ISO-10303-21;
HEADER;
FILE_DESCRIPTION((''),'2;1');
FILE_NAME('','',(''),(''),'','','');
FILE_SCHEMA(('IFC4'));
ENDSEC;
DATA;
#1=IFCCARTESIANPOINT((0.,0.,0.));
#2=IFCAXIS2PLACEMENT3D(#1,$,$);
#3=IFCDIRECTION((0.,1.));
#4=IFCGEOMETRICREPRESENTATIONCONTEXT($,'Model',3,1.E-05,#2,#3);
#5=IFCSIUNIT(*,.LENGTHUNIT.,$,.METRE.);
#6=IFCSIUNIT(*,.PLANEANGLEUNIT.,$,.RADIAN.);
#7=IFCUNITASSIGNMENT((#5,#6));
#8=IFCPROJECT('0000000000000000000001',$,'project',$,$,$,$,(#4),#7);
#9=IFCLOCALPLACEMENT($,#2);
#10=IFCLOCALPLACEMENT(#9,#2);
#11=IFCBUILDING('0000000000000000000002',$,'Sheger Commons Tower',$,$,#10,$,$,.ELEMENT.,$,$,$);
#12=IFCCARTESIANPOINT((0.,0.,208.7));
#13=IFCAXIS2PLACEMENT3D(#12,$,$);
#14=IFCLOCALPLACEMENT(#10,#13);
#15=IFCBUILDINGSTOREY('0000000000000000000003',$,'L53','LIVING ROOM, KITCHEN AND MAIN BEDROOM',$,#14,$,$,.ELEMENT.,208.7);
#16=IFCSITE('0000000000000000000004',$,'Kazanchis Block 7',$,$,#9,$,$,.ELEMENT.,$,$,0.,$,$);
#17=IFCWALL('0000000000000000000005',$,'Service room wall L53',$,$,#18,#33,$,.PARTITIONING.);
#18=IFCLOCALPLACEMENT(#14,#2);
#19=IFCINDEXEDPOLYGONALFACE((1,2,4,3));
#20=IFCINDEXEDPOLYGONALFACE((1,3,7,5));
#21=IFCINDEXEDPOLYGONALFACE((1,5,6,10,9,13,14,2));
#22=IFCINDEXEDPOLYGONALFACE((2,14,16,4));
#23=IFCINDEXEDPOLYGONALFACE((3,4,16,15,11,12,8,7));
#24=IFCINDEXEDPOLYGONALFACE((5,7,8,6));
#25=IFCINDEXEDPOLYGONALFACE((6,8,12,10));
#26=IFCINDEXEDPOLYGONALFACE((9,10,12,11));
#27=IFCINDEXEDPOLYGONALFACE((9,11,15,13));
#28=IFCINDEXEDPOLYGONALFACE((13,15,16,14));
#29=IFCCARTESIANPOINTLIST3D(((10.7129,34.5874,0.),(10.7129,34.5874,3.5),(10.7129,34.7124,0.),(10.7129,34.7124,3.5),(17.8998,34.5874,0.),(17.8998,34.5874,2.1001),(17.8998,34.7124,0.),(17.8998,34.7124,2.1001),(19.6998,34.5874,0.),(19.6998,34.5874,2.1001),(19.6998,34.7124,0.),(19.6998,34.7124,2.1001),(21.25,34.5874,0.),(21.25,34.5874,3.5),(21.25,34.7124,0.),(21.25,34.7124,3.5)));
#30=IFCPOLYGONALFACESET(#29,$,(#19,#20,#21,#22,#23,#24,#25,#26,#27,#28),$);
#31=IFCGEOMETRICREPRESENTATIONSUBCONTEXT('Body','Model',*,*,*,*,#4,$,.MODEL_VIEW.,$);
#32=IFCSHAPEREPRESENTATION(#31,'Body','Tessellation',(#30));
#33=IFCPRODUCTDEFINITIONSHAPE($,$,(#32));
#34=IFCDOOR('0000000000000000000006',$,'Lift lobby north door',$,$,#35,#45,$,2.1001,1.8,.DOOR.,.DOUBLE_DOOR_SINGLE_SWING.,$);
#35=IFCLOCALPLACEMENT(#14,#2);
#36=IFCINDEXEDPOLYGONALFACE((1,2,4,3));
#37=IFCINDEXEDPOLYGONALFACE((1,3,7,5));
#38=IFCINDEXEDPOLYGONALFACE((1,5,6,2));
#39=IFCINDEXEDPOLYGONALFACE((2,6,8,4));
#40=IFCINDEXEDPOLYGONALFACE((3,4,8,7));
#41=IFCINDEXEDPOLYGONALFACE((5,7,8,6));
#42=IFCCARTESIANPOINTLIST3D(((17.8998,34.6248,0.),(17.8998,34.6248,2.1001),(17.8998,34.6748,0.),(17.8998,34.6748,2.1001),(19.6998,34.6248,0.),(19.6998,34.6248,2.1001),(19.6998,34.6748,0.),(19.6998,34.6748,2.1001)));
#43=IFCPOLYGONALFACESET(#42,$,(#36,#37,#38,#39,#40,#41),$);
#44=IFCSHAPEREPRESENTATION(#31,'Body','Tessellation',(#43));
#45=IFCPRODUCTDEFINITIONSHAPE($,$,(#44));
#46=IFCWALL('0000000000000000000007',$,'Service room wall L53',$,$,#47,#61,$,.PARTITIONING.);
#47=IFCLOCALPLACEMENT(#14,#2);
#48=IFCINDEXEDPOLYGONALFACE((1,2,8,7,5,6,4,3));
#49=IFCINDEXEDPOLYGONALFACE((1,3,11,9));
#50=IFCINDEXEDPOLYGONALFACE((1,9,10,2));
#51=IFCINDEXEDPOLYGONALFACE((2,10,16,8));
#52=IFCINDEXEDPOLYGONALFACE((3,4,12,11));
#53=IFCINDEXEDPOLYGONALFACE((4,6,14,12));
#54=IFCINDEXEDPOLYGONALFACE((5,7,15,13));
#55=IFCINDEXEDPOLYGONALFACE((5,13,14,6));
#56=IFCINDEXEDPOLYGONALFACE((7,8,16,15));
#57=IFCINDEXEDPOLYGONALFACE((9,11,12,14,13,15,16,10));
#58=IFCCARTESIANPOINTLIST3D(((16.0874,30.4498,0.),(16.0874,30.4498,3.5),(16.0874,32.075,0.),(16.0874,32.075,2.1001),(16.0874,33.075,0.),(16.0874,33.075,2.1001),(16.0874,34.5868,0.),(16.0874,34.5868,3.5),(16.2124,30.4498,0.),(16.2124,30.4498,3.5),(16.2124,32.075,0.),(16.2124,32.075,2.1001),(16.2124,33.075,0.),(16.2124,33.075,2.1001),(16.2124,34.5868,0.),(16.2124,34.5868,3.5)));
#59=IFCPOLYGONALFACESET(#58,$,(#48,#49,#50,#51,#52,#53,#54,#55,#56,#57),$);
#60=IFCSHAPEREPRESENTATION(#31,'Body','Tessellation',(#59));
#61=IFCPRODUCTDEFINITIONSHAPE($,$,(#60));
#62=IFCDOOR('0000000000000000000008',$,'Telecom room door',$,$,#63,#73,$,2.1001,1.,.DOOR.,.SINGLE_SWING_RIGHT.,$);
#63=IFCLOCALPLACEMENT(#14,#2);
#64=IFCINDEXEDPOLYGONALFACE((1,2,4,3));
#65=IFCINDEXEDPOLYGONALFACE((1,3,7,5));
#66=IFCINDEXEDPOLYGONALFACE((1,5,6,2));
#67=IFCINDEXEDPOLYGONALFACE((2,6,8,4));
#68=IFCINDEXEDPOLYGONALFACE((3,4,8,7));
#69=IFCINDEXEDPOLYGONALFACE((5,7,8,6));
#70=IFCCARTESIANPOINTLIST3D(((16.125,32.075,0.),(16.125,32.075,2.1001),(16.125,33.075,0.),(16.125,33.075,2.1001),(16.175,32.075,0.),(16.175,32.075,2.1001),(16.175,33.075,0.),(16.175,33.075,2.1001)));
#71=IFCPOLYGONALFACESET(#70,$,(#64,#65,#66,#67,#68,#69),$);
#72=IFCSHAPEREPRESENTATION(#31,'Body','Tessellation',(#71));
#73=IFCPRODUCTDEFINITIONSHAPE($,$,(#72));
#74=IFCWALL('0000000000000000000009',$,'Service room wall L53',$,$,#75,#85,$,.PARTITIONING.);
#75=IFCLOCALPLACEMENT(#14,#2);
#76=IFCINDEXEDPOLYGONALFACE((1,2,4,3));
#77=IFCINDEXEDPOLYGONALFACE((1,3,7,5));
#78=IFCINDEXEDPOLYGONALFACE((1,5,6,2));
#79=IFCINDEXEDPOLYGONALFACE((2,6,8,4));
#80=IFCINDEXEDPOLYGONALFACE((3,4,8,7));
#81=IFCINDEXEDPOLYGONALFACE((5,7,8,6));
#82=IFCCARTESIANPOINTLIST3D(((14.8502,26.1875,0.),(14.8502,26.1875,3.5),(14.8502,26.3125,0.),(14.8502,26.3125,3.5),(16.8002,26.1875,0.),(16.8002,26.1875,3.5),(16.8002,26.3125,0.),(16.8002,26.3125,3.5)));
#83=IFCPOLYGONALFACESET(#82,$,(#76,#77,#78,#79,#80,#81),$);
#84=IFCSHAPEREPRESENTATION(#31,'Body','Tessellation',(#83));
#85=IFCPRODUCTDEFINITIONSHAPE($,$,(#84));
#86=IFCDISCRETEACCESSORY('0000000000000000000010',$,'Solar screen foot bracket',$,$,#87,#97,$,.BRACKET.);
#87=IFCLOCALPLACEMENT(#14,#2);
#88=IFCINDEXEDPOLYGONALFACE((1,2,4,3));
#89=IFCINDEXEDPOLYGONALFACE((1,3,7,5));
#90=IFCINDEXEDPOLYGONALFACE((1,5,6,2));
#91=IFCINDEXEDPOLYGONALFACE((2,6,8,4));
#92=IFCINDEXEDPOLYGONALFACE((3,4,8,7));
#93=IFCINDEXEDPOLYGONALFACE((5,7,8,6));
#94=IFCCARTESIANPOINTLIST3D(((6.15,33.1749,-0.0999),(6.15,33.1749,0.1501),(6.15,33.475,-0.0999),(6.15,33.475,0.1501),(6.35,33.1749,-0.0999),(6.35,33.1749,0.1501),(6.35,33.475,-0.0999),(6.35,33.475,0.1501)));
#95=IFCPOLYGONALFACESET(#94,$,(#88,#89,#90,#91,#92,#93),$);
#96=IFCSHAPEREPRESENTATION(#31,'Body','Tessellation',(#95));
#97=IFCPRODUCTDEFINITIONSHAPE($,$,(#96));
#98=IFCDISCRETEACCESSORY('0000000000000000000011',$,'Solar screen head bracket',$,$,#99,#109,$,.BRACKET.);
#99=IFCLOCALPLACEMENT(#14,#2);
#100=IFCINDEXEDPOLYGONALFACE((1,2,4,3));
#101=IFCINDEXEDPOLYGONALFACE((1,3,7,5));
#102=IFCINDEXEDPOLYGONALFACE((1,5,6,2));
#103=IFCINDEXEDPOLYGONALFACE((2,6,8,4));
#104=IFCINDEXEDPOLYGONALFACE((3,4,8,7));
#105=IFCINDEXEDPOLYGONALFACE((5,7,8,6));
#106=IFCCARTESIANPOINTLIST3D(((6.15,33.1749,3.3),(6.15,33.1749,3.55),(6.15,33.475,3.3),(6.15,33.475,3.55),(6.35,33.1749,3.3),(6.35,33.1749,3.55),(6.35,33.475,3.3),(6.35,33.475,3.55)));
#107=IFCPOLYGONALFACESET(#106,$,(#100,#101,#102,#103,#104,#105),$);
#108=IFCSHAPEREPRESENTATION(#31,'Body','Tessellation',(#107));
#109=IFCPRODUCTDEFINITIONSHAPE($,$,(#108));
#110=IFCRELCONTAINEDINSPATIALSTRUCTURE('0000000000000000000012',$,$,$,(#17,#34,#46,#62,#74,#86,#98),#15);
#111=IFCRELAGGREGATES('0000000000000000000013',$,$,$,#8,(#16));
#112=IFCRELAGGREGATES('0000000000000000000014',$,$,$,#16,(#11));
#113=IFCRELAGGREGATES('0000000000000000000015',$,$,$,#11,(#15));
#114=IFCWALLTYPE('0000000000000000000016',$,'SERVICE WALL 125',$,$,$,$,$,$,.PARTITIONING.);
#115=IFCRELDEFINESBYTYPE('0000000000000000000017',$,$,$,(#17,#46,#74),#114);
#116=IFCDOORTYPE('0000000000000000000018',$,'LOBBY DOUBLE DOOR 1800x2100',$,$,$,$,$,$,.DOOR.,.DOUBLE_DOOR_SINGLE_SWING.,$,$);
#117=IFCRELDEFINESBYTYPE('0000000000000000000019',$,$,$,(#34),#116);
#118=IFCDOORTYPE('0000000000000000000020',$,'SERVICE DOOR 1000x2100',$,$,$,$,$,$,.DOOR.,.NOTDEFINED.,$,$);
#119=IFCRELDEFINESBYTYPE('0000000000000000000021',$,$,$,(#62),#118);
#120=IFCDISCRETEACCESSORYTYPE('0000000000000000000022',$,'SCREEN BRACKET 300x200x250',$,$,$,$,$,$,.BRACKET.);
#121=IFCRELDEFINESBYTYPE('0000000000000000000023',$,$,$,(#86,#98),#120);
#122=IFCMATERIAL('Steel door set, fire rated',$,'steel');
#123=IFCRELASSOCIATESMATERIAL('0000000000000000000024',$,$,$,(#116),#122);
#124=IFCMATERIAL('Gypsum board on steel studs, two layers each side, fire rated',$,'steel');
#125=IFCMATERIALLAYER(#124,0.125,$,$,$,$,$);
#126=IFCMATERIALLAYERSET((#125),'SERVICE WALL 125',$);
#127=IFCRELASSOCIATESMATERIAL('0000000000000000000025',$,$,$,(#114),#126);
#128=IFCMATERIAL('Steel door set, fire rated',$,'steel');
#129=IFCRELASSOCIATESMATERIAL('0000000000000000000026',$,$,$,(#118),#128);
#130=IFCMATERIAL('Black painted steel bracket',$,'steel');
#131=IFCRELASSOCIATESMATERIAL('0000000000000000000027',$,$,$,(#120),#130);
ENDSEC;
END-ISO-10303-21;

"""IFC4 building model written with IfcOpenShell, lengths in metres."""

from ifc_helpers import new_model, si_unit, direction, frame, frame_2d, origin, origin_2d, place, context, subcontext, project, spatial, rectangle, extrude, material, layer, layer_set, type_object, element, fill, save


model = new_model("IFC4")

# Units and contexts
model_context = context("Model", 3, precision=1e-05, world=origin(), true_north=direction((0.0, 1.0)))
body_context = subcontext(model_context, "Body", "Model", "MODEL_VIEW")
ifc_project = project(units=[si_unit("LENGTHUNIT", "METRE"), si_unit("PLANEANGLEUNIT", "RADIAN")], contexts=[model_context])

# Site, building, storey
site_placement = place(None, origin())
site = spatial("IfcSite", under=ifc_project, at=site_placement, Name="Kazanchis Block 7", CompositionType="ELEMENT", RefElevation=0.0)
building_placement = place(site_placement, origin())
building = spatial("IfcBuilding", under=site, at=building_placement, Name="Sheger Commons Tower", CompositionType="ELEMENT")
storey_placement = place(building_placement, frame((0.0, 0.0, 208.7)))
storey = spatial("IfcBuildingStorey", under=building, at=storey_placement, Name="L53", Description="LIVING ROOM, KITCHEN AND MAIN BEDROOM", CompositionType="ELEMENT", Elevation=208.7)

# Shared definitions
ifc_material_1 = material(Name="Steel door set, fire rated", Category="steel")
door_type_1 = type_object("IfcDoorType", Name="LOBBY DOUBLE DOOR 1800x2100", OperationType="DOUBLE_DOOR_SINGLE_SWING", PredefinedType="DOOR", material=ifc_material_1)

# Shared definitions
ifc_material_2 = material(Name="Gypsum board on steel studs, two layers each side, fire rated", Category="steel")
ifc_layer_1 = layer(ifc_material_2, 0.125)
ifc_layer_set_1 = layer_set([ifc_layer_1], Name="SERVICE WALL 125")
wall_type_1 = type_object("IfcWallType", Name="SERVICE WALL 125", PredefinedType="PARTITIONING", material=ifc_layer_set_1)

# Walls, openings, doors
wall_1_placement = place(storey_placement, frame((10.7129, 34.6499, 0.0), z_axis=(0.0, 0.0, 1.0), x_axis=(1.0, 0.0, 0.0)))
wall_1 = element("IfcWall", 1, at=wall_1_placement, inside=storey, type_object=wall_type_1, Name="Service room wall L53", PredefinedType="PARTITIONING", context=body_context, shape_type="SweptSolid", body=[
    extrude(rectangle(XDim=10.5371, YDim=0.125, at=frame_2d((5.2686, 0.0))), origin(), (0.0, 0.0, 1.0), 3.5),
])
opening_1_placement = place(wall_1_placement, frame((7.187, 0.0, 0.0)))
opening_1 = element("IfcOpeningElement", 2, at=opening_1_placement, cuts=wall_1, PredefinedType="OPENING", context=body_context, shape_type="SweptSolid", body=[
    extrude(rectangle(XDim=1.8, YDim=2.1001, at=frame_2d((0.8999, 1.05))), frame((0.0, 0.0725, 0.0), z_axis=(0.0, -1.0, 0.0), x_axis=(1.0, 0.0, 0.0)), (0.0, 0.0, 1.0), 0.145),
])
door_1_placement = place(opening_1_placement, origin())
door_1 = element("IfcDoor", 3, at=door_1_placement, inside=storey, type_object=door_type_1, Name="Lift lobby north door", OperationType="DOUBLE_DOOR_SINGLE_SWING", OverallHeight=2.1001, OverallWidth=1.8, PredefinedType="DOOR", context=body_context, shape_type="SweptSolid", body=[
    extrude(rectangle(XDim=1.8, YDim=2.1001, at=frame_2d((0.8999, 1.05))), frame((0.0, 0.0249, 0.0), z_axis=(0.0, -1.0, 0.0), x_axis=(1.0, 0.0, 0.0)), (0.0, 0.0, 1.0), 0.05),
])
fill(opening_1, door_1)
wall_2_placement = place(storey_placement, frame((16.1499, 30.45, 0.0), z_axis=(0.0, 0.0, 1.0), x_axis=(0.0, 1.0, 0.0)))
wall_2 = element("IfcWall", 4, at=wall_2_placement, inside=storey, type_object=wall_type_1, Name="Service room wall L53", PredefinedType="PARTITIONING", context=body_context, shape_type="SweptSolid", body=[
    extrude(rectangle(XDim=4.137, YDim=0.125, at=frame_2d((2.0684, 0.0))), origin(), (0.0, 0.0, 1.0), 3.5),
])
opening_2_placement = place(wall_2_placement, frame((1.625, 0.0, 0.0)))
opening_2 = element("IfcOpeningElement", 5, at=opening_2_placement, cuts=wall_2, PredefinedType="OPENING", context=body_context, shape_type="SweptSolid", body=[
    extrude(rectangle(XDim=1.0, YDim=2.1001, at=frame_2d((0.5, 1.05))), frame((0.0, 0.0725, 0.0), z_axis=(0.0, -1.0, 0.0), x_axis=(1.0, 0.0, 0.0)), (0.0, 0.0, 1.0), 0.145),
])
ifc_material_3 = material(Name="Steel door set, fire rated", Category="steel")
door_type_2 = type_object("IfcDoorType", Name="SERVICE DOOR 1000x2100", OperationType="NOTDEFINED", PredefinedType="DOOR", material=ifc_material_3)
door_2_placement = place(opening_2_placement, origin())
door_2 = element("IfcDoor", 6, at=door_2_placement, inside=storey, type_object=door_type_2, Name="Telecom room door", OperationType="SINGLE_SWING_RIGHT", OverallHeight=2.1001, OverallWidth=1.0, PredefinedType="DOOR", context=body_context, shape_type="SweptSolid", body=[
    extrude(rectangle(XDim=1.0, YDim=2.1001, at=frame_2d((0.5, 1.05))), frame((0.0, 0.0249, 0.0), z_axis=(0.0, -1.0, 0.0), x_axis=(1.0, 0.0, 0.0)), (0.0, 0.0, 1.0), 0.05),
])
fill(opening_2, door_2)

# Wall
wall_3_placement = place(storey_placement, frame((14.8501, 26.25, 0.0), z_axis=(0.0, 0.0, 1.0), x_axis=(1.0, 0.0, 0.0)))
element("IfcWall", 7, at=wall_3_placement, inside=storey, type_object=wall_type_1, Name="Service room wall L53", PredefinedType="PARTITIONING", context=body_context, shape_type="SweptSolid", body=[
    extrude(rectangle(XDim=1.95, YDim=0.125, at=frame_2d((0.9751, 0.0))), origin(), (0.0, 0.0, 1.0), 3.5),
])

# Discrete accessories
ifc_material_4 = material(Name="Black painted steel bracket", Category="steel")
discrete_accessory_type = type_object("IfcDiscreteAccessoryType", Name="SCREEN BRACKET 300x200x250", PredefinedType="BRACKET", material=ifc_material_4)
for number, where, z_axis, x_axis, name in (
    (8, (6.25, 33.325, -0.0999), (0.0, 0.0, 1.0), (0.0, -1.0, 0.0), "Solar screen foot bracket"),
    (9, (6.25, 33.325, 3.3), (0.0, 0.0, 1.0), (0.0, -1.0, 0.0), "Solar screen head bracket"),
):
    element("IfcDiscreteAccessory", number, at=place(storey_placement, frame(where, z_axis=z_axis, x_axis=x_axis)), inside=storey, type_object=discrete_accessory_type, Name=name, PredefinedType="BRACKET", context=body_context, shape_type="SweptSolid", body=[
        extrude(rectangle(XDim=0.3, YDim=0.2, at=origin_2d()), origin(), (0.0, 0.0, 1.0), 0.25),
    ])

save(model, "model.ifc")
